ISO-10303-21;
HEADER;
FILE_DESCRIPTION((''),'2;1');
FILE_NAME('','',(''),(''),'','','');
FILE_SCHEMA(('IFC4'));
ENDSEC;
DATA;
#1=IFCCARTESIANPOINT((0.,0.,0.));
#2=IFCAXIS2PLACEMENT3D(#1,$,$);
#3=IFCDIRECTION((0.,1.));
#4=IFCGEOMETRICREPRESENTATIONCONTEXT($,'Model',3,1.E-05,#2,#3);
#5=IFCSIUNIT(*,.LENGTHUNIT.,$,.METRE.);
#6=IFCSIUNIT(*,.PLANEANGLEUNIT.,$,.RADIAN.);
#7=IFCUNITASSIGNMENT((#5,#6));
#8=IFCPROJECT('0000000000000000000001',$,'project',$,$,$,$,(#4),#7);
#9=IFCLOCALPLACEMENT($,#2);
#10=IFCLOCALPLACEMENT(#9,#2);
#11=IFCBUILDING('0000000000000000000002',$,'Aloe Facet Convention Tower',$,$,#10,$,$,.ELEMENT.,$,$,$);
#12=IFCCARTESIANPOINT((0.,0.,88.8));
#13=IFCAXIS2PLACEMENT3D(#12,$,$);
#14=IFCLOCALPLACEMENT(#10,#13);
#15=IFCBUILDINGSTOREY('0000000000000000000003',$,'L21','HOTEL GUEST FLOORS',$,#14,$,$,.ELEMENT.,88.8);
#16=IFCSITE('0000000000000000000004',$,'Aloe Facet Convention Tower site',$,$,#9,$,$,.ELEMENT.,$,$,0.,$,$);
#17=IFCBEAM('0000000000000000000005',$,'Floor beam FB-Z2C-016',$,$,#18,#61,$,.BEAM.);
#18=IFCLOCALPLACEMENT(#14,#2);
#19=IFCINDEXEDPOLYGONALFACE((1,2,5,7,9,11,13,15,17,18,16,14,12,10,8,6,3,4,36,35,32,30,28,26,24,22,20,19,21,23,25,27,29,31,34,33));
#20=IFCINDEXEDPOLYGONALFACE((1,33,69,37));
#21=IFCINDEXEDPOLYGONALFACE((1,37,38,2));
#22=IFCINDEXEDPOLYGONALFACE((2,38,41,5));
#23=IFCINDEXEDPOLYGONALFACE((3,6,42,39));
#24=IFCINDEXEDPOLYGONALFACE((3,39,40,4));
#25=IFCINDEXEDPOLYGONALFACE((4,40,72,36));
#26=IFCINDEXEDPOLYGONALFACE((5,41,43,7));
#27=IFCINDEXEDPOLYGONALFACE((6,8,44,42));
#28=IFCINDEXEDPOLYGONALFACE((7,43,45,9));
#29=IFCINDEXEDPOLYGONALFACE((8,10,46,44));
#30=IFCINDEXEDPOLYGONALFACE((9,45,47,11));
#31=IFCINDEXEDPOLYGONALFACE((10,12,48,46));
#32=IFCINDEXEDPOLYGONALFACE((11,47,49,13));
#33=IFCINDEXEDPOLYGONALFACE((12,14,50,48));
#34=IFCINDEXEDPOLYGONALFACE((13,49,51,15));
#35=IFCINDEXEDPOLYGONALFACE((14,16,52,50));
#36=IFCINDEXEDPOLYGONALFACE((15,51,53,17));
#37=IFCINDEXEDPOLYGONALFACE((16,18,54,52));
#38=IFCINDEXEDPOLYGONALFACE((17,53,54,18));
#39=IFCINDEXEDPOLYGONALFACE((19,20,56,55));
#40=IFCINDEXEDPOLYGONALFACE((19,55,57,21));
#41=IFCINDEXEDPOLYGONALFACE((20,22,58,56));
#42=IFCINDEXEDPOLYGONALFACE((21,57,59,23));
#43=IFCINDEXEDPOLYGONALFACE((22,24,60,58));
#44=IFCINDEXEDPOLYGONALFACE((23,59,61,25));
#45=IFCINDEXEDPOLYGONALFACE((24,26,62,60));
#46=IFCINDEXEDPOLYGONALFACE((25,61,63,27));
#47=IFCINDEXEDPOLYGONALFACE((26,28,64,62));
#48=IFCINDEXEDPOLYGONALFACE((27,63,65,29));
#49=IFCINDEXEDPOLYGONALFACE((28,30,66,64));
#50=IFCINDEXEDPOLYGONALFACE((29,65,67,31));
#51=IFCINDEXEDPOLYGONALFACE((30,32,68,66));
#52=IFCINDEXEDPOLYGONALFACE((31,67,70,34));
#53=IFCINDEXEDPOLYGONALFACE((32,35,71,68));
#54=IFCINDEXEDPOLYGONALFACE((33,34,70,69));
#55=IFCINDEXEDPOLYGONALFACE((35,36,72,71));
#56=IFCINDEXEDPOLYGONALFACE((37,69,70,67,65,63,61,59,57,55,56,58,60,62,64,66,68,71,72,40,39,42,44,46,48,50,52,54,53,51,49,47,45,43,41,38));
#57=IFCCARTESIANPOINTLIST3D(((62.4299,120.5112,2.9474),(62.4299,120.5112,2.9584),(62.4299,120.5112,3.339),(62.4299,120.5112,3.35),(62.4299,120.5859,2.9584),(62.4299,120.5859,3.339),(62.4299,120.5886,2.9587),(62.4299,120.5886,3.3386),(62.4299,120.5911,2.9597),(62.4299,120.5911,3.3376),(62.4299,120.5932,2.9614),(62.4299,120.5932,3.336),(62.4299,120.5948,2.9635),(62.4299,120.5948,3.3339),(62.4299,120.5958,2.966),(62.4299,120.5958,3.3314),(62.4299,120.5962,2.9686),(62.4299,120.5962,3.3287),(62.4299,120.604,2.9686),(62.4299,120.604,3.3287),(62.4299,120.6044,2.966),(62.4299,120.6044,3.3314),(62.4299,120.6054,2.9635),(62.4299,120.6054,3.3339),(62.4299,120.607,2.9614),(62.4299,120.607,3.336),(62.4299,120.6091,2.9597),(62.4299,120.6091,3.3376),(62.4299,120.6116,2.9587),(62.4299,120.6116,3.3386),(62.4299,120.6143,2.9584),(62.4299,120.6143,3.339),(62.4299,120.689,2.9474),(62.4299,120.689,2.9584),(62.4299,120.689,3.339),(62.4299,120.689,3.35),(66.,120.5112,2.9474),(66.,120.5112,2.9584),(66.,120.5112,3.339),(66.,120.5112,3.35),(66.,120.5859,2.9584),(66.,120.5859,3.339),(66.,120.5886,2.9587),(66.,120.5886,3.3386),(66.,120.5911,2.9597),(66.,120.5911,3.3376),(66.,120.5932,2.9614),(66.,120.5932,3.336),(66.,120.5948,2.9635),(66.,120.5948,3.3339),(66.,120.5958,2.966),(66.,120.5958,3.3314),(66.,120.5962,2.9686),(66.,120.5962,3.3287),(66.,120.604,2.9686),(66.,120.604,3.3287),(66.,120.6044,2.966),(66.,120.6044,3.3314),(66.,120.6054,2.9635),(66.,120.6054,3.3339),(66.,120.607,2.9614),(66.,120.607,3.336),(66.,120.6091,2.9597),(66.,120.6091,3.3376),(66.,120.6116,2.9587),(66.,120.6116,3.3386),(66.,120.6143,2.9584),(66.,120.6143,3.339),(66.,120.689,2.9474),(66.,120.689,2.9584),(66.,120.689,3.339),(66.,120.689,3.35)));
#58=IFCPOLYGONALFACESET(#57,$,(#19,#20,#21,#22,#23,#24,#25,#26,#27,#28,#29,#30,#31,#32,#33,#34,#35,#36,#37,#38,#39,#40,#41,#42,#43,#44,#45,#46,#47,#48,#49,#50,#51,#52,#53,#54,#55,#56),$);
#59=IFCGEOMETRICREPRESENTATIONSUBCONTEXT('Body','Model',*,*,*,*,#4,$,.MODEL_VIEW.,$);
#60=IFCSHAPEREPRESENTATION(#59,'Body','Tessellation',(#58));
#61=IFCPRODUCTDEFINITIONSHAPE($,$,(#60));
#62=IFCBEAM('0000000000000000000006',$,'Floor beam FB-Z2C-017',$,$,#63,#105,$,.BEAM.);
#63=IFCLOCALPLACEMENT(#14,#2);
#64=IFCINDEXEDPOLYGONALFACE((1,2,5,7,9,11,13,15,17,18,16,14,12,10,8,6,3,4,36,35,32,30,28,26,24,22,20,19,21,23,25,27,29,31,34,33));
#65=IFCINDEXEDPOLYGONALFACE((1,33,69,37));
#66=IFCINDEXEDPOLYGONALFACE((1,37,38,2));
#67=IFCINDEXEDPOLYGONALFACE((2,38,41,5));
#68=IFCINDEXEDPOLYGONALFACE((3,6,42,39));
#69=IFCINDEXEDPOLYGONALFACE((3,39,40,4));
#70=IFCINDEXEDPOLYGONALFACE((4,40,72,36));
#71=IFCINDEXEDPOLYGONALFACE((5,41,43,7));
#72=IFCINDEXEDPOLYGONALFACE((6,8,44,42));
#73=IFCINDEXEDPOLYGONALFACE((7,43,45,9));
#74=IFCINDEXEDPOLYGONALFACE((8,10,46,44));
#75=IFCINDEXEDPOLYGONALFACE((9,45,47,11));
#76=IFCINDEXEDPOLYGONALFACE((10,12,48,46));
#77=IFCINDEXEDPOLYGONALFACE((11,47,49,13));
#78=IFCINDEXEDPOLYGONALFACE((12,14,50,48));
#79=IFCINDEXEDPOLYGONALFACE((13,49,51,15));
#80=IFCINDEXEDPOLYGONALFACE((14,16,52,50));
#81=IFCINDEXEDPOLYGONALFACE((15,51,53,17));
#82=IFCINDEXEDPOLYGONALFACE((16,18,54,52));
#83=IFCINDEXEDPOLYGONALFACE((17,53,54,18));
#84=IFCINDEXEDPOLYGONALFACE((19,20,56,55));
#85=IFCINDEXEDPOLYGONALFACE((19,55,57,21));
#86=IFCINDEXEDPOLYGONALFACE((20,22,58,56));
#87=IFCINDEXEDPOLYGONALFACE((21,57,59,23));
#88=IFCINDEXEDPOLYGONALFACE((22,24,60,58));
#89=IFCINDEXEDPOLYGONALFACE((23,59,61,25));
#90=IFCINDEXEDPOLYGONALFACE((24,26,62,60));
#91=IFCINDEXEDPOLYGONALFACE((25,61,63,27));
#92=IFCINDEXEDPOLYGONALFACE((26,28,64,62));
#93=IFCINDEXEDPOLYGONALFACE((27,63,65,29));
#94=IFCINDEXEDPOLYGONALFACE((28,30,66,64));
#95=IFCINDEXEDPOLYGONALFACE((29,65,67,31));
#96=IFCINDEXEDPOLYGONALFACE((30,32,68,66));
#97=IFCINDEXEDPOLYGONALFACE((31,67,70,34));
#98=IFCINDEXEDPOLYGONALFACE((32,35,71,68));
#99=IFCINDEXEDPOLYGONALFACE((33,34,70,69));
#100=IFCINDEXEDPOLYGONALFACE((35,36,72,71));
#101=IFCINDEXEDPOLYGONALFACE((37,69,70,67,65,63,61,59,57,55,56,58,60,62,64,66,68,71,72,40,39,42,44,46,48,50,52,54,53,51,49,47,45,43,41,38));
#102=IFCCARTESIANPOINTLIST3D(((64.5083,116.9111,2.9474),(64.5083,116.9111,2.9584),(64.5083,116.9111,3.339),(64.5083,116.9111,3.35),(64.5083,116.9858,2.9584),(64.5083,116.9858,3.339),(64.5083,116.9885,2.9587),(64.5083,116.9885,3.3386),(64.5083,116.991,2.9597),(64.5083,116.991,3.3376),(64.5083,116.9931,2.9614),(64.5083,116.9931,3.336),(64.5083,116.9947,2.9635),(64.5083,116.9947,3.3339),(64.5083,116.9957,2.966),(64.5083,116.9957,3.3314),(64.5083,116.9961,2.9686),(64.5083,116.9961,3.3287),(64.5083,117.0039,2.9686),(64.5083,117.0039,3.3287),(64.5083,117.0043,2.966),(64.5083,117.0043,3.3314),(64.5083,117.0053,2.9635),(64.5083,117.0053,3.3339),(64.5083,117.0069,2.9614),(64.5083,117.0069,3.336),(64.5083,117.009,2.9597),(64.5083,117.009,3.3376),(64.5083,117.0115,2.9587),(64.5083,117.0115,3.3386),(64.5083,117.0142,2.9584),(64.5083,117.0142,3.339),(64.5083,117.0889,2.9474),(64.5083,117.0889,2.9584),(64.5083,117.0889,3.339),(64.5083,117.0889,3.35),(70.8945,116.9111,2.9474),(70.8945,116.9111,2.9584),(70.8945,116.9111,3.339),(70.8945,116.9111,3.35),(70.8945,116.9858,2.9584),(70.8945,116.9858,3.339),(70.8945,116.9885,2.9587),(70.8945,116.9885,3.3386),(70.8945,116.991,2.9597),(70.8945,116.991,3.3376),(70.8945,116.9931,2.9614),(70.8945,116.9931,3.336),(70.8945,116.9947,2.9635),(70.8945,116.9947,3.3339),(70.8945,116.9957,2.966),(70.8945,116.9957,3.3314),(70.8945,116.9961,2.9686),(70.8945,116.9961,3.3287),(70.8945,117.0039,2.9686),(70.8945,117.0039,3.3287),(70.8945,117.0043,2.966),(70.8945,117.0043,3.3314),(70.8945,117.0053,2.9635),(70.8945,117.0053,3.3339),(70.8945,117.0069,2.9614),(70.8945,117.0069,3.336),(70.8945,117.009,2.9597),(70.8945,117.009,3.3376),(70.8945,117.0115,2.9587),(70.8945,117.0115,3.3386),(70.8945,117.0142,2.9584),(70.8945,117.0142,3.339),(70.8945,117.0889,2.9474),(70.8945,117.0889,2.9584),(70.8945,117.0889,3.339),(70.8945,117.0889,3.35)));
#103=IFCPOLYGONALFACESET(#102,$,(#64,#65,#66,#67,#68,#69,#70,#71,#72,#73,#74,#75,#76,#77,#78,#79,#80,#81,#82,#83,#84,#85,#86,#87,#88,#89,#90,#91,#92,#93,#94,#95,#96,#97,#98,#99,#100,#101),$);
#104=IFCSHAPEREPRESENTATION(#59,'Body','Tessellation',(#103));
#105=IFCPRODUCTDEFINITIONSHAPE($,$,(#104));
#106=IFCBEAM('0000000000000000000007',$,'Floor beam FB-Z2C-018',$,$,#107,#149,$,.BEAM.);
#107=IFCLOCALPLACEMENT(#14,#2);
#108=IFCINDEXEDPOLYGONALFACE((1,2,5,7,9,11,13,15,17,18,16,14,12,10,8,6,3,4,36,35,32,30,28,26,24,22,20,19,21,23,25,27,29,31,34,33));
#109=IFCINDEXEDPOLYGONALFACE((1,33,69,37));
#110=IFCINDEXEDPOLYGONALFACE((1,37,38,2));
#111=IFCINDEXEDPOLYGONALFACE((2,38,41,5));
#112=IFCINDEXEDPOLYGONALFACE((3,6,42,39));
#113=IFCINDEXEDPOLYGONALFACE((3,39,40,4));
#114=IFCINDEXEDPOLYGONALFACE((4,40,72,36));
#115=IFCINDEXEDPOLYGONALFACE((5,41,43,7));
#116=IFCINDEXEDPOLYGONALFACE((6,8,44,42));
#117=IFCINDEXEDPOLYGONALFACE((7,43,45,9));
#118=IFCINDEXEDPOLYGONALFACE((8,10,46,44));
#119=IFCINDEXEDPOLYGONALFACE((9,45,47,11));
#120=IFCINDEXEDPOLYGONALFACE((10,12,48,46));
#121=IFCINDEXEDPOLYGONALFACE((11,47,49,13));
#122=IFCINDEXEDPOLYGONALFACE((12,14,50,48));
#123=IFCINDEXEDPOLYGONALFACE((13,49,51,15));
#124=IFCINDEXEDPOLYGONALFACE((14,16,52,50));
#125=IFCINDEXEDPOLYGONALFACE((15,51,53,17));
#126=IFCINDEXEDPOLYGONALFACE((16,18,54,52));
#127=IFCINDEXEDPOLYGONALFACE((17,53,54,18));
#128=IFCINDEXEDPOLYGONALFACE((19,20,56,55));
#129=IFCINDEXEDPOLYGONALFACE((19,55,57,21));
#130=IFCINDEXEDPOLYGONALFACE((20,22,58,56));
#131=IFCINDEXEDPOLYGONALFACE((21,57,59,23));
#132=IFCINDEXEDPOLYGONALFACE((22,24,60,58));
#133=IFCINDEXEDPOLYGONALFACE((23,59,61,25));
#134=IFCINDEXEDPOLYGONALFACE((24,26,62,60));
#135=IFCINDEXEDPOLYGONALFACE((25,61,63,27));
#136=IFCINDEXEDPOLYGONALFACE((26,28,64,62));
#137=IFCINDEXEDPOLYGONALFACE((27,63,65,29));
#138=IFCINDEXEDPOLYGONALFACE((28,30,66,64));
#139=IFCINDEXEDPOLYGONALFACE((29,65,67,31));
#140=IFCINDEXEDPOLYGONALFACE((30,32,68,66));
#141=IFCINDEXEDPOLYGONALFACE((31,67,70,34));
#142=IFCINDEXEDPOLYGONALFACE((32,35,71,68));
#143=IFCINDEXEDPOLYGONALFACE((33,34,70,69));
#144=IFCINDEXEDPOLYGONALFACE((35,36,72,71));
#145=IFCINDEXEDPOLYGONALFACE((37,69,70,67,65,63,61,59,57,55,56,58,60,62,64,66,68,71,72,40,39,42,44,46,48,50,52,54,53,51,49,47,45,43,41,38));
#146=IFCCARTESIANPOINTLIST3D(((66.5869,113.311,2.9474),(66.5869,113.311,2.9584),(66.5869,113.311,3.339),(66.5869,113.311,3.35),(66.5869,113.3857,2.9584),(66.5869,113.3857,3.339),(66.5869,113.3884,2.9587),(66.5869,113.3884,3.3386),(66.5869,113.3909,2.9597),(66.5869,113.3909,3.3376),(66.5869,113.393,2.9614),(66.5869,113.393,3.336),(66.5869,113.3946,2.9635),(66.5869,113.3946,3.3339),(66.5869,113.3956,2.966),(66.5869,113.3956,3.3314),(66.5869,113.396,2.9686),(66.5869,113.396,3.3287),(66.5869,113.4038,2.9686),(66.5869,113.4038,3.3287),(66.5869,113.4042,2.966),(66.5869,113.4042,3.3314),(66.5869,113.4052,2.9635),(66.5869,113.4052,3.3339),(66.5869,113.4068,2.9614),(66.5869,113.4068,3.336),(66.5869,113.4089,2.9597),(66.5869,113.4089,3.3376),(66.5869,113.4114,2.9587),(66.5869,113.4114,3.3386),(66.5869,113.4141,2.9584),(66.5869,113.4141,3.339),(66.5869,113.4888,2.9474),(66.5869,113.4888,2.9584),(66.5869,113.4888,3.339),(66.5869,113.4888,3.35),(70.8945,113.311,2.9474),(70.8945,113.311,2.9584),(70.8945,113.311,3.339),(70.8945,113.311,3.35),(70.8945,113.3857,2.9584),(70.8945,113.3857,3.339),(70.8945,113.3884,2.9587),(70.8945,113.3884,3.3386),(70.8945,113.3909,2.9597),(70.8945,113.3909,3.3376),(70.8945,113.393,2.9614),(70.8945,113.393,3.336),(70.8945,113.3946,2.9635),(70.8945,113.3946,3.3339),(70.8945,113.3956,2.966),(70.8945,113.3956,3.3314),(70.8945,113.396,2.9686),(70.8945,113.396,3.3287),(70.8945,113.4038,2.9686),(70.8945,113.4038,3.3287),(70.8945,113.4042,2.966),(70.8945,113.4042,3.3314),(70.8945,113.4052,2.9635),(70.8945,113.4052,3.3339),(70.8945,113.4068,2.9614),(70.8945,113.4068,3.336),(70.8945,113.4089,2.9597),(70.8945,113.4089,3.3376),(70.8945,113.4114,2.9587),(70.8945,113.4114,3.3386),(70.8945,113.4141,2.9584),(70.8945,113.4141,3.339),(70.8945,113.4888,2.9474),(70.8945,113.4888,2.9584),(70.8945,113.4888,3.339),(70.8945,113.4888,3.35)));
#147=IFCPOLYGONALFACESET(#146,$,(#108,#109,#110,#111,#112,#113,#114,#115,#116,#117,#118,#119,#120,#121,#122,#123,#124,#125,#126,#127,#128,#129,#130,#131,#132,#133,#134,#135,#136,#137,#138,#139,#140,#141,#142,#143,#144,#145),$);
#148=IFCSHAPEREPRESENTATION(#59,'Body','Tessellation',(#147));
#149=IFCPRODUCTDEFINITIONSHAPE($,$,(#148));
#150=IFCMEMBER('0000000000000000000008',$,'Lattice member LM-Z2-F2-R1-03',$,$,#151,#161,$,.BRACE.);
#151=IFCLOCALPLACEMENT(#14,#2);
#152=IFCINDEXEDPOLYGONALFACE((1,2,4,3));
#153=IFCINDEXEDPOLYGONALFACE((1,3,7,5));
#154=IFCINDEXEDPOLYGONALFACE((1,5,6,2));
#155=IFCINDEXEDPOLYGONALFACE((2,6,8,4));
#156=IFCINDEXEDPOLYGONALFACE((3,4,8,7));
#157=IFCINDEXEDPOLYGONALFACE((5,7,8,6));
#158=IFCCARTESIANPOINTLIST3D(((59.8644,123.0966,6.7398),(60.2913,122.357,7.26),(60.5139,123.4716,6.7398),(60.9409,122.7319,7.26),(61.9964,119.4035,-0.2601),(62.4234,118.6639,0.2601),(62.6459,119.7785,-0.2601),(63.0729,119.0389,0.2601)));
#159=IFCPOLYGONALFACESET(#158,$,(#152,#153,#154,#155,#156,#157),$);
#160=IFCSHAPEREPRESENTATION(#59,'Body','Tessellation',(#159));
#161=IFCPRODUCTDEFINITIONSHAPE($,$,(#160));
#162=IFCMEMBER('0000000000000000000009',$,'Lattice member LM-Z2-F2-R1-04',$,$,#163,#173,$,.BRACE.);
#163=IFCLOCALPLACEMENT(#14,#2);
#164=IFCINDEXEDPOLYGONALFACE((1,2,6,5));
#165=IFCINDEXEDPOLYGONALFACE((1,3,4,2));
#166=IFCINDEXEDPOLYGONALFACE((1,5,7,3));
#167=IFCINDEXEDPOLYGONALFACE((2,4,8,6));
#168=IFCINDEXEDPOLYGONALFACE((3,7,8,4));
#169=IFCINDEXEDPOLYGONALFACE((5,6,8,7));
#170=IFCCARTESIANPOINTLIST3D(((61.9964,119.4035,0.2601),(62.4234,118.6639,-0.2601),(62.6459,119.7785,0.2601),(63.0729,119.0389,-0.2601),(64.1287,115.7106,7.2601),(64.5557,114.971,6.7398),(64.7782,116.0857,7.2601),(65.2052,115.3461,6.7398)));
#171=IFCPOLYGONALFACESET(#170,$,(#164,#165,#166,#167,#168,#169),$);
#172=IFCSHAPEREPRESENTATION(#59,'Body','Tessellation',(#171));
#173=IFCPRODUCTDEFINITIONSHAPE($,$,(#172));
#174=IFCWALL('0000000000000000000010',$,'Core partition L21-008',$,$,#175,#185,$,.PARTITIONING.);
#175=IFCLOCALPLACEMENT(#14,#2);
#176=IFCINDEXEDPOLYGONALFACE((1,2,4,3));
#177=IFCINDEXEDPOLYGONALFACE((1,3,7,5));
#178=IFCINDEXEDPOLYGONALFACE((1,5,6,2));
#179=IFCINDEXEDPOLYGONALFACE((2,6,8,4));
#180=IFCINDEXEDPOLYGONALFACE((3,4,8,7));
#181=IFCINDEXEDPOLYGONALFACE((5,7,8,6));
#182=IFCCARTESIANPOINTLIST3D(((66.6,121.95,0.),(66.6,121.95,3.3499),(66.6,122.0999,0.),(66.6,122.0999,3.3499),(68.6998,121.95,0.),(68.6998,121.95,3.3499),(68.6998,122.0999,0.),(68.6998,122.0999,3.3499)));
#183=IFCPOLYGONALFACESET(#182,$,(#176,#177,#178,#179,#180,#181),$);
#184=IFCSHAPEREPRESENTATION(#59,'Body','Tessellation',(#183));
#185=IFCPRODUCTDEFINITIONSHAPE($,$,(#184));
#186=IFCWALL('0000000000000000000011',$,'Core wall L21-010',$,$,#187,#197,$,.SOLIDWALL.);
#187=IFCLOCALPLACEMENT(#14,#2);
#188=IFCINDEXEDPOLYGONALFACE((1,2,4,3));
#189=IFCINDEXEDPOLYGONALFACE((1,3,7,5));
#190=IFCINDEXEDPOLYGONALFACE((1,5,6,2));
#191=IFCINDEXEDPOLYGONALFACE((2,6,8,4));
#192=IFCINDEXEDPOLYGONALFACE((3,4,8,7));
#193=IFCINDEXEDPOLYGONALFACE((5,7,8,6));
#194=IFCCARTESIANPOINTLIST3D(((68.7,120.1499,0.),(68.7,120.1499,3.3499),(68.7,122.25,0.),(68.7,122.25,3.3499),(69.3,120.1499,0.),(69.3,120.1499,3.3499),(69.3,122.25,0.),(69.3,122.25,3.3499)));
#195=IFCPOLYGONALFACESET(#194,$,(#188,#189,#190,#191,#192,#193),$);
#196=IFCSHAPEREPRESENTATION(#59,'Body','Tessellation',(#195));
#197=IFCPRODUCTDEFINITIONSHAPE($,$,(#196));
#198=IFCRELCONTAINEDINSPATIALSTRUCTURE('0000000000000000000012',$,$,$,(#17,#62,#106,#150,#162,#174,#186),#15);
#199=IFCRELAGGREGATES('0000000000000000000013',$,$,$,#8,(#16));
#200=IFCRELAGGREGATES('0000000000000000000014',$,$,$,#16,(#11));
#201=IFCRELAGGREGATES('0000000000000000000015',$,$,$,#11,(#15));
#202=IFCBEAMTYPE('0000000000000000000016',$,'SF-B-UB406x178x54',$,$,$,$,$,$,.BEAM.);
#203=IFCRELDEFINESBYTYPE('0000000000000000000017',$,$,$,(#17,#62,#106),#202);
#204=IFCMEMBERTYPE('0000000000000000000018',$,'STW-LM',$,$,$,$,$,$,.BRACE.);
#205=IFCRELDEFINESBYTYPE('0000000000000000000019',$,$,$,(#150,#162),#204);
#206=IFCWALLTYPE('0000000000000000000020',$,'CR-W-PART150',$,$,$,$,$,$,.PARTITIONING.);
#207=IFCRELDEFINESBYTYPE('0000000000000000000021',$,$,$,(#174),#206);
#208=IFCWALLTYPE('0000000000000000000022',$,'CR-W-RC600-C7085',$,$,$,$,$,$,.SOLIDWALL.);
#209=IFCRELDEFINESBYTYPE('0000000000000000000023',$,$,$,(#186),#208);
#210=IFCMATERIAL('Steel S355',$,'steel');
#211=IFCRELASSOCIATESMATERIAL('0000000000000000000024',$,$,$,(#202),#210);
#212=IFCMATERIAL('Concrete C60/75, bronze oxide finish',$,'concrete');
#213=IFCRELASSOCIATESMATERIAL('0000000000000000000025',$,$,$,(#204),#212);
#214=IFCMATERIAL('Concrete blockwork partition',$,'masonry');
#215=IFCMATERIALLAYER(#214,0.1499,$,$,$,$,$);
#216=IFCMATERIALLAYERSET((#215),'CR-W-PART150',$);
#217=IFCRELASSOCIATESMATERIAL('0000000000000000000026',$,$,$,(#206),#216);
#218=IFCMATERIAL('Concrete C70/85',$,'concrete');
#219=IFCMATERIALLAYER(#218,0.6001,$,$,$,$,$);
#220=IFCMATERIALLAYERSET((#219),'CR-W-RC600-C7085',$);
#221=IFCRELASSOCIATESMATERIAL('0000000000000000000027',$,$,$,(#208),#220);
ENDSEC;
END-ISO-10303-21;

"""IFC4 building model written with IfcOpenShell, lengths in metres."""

from ifc_helpers import new_model, si_unit, direction, frame, frame_2d, origin, origin_2d, place, context, subcontext, project, spatial, rectangle, i_section, extrude, material, layer, layer_set, material_profile, profile_set, type_object, element, save


model = new_model("IFC4")

# Units and contexts
model_context = context("Model", 3, precision=1e-05, world=origin(), true_north=direction((0.0, 1.0)))
body_context = subcontext(model_context, "Body", "Model", "MODEL_VIEW")
ifc_project = project(units=[si_unit("LENGTHUNIT", "METRE"), si_unit("PLANEANGLEUNIT", "RADIAN")], contexts=[model_context])

# Site, building, storey
site_placement = place(None, origin())
site = spatial("IfcSite", under=ifc_project, at=site_placement, Name="Aloe Facet Convention Tower site", CompositionType="ELEMENT", RefElevation=0.0)
building_placement = place(site_placement, origin())
building = spatial("IfcBuilding", under=site, at=building_placement, Name="Aloe Facet Convention Tower", CompositionType="ELEMENT")
storey_placement = place(building_placement, frame((0.0, 0.0, 88.8)))
storey = spatial("IfcBuildingStorey", under=building, at=storey_placement, Name="L21", Description="HOTEL GUEST FLOORS", CompositionType="ELEMENT", Elevation=88.8)

# Beams
ifc_material_1 = material(Name="Steel S355", Category="steel")
ifc_material_profile_1 = material_profile(ifc_material_1, i_section(OverallWidth=0.1777, OverallDepth=0.4026, WebThickness=0.0078, FlangeThickness=0.011, FilletRadius=0.0103, at=origin_2d()), Name="UB 406x178x54")
ifc_profile_set_1 = profile_set([ifc_material_profile_1], Name="Steel S355")
beam_type = type_object("IfcBeamType", Name="SF-B-UB406x178x54", PredefinedType="BEAM", material=ifc_profile_set_1)
beam_1_placement = place(storey_placement, frame((62.4299, 120.6001, 3.1487), z_axis=(1.0, 0.0, 0.0), x_axis=(0.0, 1.0, 0.0)))
element("IfcBeam", 1, at=beam_1_placement, inside=storey, type_object=beam_type, Name="Floor beam FB-Z2C-016", PredefinedType="BEAM", context=body_context, shape_type="SweptSolid", body=[
    extrude(i_section(OverallWidth=0.1777, OverallDepth=0.4026, WebThickness=0.0078, FlangeThickness=0.011, FilletRadius=0.0103, at=origin_2d()), origin(), (0.0, 0.0, 1.0), 3.5701),
])
beam_2_placement = place(storey_placement, frame((64.5083, 117.0, 3.1487), z_axis=(1.0, 0.0, 0.0), x_axis=(0.0, 1.0, 0.0)))
element("IfcBeam", 2, at=beam_2_placement, inside=storey, type_object=beam_type, Name="Floor beam FB-Z2C-017", PredefinedType="BEAM", context=body_context, shape_type="SweptSolid", body=[
    extrude(i_section(OverallWidth=0.1777, OverallDepth=0.4026, WebThickness=0.0078, FlangeThickness=0.011, FilletRadius=0.0103, at=origin_2d()), origin(), (0.0, 0.0, 1.0), 6.3862),
])
beam_3_placement = place(storey_placement, frame((66.5869, 113.3999, 3.1487), z_axis=(1.0, 0.0, 0.0), x_axis=(0.0, 1.0, 0.0)))
element("IfcBeam", 3, at=beam_3_placement, inside=storey, type_object=beam_type, Name="Floor beam FB-Z2C-018", PredefinedType="BEAM", context=body_context, shape_type="SweptSolid", body=[
    extrude(i_section(OverallWidth=0.1777, OverallDepth=0.4026, WebThickness=0.0078, FlangeThickness=0.011, FilletRadius=0.0103, at=origin_2d()), origin(), (0.0, 0.0, 1.0), 4.3076),
])

# Members
ifc_material_2 = material(Name="Concrete C60/75, bronze oxide finish", Category="concrete")
ifc_material_profile_2 = material_profile(ifc_material_2, rectangle(XDim=0.75, YDim=1.0, at=origin_2d()), Name="STW-LM")
ifc_profile_set_2 = profile_set([ifc_material_profile_2], Name="Concrete C60/75, bronze oxide finish")
member_type = type_object("IfcMemberType", Name="STW-LM", PredefinedType="BRACE", material=ifc_profile_set_2)
for number, where, z_axis, x_axis, name in (
    (4, (62.5347, 119.2212, 0.0), (-0.260116, 0.450565, 0.854009), (-0.86604, -0.499975, 0.0), "Lattice member LM-Z2-F2-R1-03"),
    (5, (62.5347, 119.2212, 0.0), (0.260148, -0.450537, 0.854014), (0.866001, 0.500043, 0.0), "Lattice member LM-Z2-F2-R1-04"),
):
    element("IfcMember", number, at=place(storey_placement, frame(where, z_axis=z_axis, x_axis=x_axis)), inside=storey, type_object=member_type, Name=name, PredefinedType="BRACE", context=body_context, shape_type="SweptSolid", body=[
        extrude(rectangle(XDim=0.75, YDim=1.0, at=origin_2d()), origin(), (0.0, 0.0, 1.0), 8.1965),
    ])

# Wall
ifc_material_3 = material(Name="Concrete blockwork partition", Category="masonry")
ifc_layer_1 = layer(ifc_material_3, 0.1499)
ifc_layer_set_1 = layer_set([ifc_layer_1], Name="CR-W-PART150")
wall_type_1 = type_object("IfcWallType", Name="CR-W-PART150", PredefinedType="PARTITIONING", material=ifc_layer_set_1)
wall_1_placement = place(storey_placement, frame((66.6001, 122.0249, 0.0), z_axis=(0.0, 0.0, 1.0), x_axis=(1.0, 0.0, 0.0)))
element("IfcWall", 6, at=wall_1_placement, inside=storey, type_object=wall_type_1, Name="Core partition L21-008", PredefinedType="PARTITIONING", context=body_context, shape_type="SweptSolid", body=[
    extrude(rectangle(XDim=2.0999, YDim=0.1499, at=frame_2d((1.0498, 0.0))), origin(), (0.0, 0.0, 1.0), 3.3499),
])

# Shared definitions
ifc_material_4 = material(Name="Concrete C70/85", Category="concrete")
ifc_layer_2 = layer(ifc_material_4, 0.6001)
ifc_layer_set_2 = layer_set([ifc_layer_2], Name="CR-W-RC600-C7085")
wall_type_2 = type_object("IfcWallType", Name="CR-W-RC600-C7085", PredefinedType="SOLIDWALL", material=ifc_layer_set_2)

# Wall
wall_2_placement = place(storey_placement, frame((69.0, 122.25, 0.0), z_axis=(0.0, 0.0, 1.0), x_axis=(0.0, -1.0, 0.0)))
element("IfcWall", 7, at=wall_2_placement, inside=storey, type_object=wall_type_2, Name="Core wall L21-010", PredefinedType="SOLIDWALL", context=body_context, shape_type="SweptSolid", body=[
    extrude(rectangle(XDim=2.1001, YDim=0.6001, at=frame_2d((1.05, 0.0))), origin(), (0.0, 0.0, 1.0), 3.3499),
])

save(model, "model.ifc")
